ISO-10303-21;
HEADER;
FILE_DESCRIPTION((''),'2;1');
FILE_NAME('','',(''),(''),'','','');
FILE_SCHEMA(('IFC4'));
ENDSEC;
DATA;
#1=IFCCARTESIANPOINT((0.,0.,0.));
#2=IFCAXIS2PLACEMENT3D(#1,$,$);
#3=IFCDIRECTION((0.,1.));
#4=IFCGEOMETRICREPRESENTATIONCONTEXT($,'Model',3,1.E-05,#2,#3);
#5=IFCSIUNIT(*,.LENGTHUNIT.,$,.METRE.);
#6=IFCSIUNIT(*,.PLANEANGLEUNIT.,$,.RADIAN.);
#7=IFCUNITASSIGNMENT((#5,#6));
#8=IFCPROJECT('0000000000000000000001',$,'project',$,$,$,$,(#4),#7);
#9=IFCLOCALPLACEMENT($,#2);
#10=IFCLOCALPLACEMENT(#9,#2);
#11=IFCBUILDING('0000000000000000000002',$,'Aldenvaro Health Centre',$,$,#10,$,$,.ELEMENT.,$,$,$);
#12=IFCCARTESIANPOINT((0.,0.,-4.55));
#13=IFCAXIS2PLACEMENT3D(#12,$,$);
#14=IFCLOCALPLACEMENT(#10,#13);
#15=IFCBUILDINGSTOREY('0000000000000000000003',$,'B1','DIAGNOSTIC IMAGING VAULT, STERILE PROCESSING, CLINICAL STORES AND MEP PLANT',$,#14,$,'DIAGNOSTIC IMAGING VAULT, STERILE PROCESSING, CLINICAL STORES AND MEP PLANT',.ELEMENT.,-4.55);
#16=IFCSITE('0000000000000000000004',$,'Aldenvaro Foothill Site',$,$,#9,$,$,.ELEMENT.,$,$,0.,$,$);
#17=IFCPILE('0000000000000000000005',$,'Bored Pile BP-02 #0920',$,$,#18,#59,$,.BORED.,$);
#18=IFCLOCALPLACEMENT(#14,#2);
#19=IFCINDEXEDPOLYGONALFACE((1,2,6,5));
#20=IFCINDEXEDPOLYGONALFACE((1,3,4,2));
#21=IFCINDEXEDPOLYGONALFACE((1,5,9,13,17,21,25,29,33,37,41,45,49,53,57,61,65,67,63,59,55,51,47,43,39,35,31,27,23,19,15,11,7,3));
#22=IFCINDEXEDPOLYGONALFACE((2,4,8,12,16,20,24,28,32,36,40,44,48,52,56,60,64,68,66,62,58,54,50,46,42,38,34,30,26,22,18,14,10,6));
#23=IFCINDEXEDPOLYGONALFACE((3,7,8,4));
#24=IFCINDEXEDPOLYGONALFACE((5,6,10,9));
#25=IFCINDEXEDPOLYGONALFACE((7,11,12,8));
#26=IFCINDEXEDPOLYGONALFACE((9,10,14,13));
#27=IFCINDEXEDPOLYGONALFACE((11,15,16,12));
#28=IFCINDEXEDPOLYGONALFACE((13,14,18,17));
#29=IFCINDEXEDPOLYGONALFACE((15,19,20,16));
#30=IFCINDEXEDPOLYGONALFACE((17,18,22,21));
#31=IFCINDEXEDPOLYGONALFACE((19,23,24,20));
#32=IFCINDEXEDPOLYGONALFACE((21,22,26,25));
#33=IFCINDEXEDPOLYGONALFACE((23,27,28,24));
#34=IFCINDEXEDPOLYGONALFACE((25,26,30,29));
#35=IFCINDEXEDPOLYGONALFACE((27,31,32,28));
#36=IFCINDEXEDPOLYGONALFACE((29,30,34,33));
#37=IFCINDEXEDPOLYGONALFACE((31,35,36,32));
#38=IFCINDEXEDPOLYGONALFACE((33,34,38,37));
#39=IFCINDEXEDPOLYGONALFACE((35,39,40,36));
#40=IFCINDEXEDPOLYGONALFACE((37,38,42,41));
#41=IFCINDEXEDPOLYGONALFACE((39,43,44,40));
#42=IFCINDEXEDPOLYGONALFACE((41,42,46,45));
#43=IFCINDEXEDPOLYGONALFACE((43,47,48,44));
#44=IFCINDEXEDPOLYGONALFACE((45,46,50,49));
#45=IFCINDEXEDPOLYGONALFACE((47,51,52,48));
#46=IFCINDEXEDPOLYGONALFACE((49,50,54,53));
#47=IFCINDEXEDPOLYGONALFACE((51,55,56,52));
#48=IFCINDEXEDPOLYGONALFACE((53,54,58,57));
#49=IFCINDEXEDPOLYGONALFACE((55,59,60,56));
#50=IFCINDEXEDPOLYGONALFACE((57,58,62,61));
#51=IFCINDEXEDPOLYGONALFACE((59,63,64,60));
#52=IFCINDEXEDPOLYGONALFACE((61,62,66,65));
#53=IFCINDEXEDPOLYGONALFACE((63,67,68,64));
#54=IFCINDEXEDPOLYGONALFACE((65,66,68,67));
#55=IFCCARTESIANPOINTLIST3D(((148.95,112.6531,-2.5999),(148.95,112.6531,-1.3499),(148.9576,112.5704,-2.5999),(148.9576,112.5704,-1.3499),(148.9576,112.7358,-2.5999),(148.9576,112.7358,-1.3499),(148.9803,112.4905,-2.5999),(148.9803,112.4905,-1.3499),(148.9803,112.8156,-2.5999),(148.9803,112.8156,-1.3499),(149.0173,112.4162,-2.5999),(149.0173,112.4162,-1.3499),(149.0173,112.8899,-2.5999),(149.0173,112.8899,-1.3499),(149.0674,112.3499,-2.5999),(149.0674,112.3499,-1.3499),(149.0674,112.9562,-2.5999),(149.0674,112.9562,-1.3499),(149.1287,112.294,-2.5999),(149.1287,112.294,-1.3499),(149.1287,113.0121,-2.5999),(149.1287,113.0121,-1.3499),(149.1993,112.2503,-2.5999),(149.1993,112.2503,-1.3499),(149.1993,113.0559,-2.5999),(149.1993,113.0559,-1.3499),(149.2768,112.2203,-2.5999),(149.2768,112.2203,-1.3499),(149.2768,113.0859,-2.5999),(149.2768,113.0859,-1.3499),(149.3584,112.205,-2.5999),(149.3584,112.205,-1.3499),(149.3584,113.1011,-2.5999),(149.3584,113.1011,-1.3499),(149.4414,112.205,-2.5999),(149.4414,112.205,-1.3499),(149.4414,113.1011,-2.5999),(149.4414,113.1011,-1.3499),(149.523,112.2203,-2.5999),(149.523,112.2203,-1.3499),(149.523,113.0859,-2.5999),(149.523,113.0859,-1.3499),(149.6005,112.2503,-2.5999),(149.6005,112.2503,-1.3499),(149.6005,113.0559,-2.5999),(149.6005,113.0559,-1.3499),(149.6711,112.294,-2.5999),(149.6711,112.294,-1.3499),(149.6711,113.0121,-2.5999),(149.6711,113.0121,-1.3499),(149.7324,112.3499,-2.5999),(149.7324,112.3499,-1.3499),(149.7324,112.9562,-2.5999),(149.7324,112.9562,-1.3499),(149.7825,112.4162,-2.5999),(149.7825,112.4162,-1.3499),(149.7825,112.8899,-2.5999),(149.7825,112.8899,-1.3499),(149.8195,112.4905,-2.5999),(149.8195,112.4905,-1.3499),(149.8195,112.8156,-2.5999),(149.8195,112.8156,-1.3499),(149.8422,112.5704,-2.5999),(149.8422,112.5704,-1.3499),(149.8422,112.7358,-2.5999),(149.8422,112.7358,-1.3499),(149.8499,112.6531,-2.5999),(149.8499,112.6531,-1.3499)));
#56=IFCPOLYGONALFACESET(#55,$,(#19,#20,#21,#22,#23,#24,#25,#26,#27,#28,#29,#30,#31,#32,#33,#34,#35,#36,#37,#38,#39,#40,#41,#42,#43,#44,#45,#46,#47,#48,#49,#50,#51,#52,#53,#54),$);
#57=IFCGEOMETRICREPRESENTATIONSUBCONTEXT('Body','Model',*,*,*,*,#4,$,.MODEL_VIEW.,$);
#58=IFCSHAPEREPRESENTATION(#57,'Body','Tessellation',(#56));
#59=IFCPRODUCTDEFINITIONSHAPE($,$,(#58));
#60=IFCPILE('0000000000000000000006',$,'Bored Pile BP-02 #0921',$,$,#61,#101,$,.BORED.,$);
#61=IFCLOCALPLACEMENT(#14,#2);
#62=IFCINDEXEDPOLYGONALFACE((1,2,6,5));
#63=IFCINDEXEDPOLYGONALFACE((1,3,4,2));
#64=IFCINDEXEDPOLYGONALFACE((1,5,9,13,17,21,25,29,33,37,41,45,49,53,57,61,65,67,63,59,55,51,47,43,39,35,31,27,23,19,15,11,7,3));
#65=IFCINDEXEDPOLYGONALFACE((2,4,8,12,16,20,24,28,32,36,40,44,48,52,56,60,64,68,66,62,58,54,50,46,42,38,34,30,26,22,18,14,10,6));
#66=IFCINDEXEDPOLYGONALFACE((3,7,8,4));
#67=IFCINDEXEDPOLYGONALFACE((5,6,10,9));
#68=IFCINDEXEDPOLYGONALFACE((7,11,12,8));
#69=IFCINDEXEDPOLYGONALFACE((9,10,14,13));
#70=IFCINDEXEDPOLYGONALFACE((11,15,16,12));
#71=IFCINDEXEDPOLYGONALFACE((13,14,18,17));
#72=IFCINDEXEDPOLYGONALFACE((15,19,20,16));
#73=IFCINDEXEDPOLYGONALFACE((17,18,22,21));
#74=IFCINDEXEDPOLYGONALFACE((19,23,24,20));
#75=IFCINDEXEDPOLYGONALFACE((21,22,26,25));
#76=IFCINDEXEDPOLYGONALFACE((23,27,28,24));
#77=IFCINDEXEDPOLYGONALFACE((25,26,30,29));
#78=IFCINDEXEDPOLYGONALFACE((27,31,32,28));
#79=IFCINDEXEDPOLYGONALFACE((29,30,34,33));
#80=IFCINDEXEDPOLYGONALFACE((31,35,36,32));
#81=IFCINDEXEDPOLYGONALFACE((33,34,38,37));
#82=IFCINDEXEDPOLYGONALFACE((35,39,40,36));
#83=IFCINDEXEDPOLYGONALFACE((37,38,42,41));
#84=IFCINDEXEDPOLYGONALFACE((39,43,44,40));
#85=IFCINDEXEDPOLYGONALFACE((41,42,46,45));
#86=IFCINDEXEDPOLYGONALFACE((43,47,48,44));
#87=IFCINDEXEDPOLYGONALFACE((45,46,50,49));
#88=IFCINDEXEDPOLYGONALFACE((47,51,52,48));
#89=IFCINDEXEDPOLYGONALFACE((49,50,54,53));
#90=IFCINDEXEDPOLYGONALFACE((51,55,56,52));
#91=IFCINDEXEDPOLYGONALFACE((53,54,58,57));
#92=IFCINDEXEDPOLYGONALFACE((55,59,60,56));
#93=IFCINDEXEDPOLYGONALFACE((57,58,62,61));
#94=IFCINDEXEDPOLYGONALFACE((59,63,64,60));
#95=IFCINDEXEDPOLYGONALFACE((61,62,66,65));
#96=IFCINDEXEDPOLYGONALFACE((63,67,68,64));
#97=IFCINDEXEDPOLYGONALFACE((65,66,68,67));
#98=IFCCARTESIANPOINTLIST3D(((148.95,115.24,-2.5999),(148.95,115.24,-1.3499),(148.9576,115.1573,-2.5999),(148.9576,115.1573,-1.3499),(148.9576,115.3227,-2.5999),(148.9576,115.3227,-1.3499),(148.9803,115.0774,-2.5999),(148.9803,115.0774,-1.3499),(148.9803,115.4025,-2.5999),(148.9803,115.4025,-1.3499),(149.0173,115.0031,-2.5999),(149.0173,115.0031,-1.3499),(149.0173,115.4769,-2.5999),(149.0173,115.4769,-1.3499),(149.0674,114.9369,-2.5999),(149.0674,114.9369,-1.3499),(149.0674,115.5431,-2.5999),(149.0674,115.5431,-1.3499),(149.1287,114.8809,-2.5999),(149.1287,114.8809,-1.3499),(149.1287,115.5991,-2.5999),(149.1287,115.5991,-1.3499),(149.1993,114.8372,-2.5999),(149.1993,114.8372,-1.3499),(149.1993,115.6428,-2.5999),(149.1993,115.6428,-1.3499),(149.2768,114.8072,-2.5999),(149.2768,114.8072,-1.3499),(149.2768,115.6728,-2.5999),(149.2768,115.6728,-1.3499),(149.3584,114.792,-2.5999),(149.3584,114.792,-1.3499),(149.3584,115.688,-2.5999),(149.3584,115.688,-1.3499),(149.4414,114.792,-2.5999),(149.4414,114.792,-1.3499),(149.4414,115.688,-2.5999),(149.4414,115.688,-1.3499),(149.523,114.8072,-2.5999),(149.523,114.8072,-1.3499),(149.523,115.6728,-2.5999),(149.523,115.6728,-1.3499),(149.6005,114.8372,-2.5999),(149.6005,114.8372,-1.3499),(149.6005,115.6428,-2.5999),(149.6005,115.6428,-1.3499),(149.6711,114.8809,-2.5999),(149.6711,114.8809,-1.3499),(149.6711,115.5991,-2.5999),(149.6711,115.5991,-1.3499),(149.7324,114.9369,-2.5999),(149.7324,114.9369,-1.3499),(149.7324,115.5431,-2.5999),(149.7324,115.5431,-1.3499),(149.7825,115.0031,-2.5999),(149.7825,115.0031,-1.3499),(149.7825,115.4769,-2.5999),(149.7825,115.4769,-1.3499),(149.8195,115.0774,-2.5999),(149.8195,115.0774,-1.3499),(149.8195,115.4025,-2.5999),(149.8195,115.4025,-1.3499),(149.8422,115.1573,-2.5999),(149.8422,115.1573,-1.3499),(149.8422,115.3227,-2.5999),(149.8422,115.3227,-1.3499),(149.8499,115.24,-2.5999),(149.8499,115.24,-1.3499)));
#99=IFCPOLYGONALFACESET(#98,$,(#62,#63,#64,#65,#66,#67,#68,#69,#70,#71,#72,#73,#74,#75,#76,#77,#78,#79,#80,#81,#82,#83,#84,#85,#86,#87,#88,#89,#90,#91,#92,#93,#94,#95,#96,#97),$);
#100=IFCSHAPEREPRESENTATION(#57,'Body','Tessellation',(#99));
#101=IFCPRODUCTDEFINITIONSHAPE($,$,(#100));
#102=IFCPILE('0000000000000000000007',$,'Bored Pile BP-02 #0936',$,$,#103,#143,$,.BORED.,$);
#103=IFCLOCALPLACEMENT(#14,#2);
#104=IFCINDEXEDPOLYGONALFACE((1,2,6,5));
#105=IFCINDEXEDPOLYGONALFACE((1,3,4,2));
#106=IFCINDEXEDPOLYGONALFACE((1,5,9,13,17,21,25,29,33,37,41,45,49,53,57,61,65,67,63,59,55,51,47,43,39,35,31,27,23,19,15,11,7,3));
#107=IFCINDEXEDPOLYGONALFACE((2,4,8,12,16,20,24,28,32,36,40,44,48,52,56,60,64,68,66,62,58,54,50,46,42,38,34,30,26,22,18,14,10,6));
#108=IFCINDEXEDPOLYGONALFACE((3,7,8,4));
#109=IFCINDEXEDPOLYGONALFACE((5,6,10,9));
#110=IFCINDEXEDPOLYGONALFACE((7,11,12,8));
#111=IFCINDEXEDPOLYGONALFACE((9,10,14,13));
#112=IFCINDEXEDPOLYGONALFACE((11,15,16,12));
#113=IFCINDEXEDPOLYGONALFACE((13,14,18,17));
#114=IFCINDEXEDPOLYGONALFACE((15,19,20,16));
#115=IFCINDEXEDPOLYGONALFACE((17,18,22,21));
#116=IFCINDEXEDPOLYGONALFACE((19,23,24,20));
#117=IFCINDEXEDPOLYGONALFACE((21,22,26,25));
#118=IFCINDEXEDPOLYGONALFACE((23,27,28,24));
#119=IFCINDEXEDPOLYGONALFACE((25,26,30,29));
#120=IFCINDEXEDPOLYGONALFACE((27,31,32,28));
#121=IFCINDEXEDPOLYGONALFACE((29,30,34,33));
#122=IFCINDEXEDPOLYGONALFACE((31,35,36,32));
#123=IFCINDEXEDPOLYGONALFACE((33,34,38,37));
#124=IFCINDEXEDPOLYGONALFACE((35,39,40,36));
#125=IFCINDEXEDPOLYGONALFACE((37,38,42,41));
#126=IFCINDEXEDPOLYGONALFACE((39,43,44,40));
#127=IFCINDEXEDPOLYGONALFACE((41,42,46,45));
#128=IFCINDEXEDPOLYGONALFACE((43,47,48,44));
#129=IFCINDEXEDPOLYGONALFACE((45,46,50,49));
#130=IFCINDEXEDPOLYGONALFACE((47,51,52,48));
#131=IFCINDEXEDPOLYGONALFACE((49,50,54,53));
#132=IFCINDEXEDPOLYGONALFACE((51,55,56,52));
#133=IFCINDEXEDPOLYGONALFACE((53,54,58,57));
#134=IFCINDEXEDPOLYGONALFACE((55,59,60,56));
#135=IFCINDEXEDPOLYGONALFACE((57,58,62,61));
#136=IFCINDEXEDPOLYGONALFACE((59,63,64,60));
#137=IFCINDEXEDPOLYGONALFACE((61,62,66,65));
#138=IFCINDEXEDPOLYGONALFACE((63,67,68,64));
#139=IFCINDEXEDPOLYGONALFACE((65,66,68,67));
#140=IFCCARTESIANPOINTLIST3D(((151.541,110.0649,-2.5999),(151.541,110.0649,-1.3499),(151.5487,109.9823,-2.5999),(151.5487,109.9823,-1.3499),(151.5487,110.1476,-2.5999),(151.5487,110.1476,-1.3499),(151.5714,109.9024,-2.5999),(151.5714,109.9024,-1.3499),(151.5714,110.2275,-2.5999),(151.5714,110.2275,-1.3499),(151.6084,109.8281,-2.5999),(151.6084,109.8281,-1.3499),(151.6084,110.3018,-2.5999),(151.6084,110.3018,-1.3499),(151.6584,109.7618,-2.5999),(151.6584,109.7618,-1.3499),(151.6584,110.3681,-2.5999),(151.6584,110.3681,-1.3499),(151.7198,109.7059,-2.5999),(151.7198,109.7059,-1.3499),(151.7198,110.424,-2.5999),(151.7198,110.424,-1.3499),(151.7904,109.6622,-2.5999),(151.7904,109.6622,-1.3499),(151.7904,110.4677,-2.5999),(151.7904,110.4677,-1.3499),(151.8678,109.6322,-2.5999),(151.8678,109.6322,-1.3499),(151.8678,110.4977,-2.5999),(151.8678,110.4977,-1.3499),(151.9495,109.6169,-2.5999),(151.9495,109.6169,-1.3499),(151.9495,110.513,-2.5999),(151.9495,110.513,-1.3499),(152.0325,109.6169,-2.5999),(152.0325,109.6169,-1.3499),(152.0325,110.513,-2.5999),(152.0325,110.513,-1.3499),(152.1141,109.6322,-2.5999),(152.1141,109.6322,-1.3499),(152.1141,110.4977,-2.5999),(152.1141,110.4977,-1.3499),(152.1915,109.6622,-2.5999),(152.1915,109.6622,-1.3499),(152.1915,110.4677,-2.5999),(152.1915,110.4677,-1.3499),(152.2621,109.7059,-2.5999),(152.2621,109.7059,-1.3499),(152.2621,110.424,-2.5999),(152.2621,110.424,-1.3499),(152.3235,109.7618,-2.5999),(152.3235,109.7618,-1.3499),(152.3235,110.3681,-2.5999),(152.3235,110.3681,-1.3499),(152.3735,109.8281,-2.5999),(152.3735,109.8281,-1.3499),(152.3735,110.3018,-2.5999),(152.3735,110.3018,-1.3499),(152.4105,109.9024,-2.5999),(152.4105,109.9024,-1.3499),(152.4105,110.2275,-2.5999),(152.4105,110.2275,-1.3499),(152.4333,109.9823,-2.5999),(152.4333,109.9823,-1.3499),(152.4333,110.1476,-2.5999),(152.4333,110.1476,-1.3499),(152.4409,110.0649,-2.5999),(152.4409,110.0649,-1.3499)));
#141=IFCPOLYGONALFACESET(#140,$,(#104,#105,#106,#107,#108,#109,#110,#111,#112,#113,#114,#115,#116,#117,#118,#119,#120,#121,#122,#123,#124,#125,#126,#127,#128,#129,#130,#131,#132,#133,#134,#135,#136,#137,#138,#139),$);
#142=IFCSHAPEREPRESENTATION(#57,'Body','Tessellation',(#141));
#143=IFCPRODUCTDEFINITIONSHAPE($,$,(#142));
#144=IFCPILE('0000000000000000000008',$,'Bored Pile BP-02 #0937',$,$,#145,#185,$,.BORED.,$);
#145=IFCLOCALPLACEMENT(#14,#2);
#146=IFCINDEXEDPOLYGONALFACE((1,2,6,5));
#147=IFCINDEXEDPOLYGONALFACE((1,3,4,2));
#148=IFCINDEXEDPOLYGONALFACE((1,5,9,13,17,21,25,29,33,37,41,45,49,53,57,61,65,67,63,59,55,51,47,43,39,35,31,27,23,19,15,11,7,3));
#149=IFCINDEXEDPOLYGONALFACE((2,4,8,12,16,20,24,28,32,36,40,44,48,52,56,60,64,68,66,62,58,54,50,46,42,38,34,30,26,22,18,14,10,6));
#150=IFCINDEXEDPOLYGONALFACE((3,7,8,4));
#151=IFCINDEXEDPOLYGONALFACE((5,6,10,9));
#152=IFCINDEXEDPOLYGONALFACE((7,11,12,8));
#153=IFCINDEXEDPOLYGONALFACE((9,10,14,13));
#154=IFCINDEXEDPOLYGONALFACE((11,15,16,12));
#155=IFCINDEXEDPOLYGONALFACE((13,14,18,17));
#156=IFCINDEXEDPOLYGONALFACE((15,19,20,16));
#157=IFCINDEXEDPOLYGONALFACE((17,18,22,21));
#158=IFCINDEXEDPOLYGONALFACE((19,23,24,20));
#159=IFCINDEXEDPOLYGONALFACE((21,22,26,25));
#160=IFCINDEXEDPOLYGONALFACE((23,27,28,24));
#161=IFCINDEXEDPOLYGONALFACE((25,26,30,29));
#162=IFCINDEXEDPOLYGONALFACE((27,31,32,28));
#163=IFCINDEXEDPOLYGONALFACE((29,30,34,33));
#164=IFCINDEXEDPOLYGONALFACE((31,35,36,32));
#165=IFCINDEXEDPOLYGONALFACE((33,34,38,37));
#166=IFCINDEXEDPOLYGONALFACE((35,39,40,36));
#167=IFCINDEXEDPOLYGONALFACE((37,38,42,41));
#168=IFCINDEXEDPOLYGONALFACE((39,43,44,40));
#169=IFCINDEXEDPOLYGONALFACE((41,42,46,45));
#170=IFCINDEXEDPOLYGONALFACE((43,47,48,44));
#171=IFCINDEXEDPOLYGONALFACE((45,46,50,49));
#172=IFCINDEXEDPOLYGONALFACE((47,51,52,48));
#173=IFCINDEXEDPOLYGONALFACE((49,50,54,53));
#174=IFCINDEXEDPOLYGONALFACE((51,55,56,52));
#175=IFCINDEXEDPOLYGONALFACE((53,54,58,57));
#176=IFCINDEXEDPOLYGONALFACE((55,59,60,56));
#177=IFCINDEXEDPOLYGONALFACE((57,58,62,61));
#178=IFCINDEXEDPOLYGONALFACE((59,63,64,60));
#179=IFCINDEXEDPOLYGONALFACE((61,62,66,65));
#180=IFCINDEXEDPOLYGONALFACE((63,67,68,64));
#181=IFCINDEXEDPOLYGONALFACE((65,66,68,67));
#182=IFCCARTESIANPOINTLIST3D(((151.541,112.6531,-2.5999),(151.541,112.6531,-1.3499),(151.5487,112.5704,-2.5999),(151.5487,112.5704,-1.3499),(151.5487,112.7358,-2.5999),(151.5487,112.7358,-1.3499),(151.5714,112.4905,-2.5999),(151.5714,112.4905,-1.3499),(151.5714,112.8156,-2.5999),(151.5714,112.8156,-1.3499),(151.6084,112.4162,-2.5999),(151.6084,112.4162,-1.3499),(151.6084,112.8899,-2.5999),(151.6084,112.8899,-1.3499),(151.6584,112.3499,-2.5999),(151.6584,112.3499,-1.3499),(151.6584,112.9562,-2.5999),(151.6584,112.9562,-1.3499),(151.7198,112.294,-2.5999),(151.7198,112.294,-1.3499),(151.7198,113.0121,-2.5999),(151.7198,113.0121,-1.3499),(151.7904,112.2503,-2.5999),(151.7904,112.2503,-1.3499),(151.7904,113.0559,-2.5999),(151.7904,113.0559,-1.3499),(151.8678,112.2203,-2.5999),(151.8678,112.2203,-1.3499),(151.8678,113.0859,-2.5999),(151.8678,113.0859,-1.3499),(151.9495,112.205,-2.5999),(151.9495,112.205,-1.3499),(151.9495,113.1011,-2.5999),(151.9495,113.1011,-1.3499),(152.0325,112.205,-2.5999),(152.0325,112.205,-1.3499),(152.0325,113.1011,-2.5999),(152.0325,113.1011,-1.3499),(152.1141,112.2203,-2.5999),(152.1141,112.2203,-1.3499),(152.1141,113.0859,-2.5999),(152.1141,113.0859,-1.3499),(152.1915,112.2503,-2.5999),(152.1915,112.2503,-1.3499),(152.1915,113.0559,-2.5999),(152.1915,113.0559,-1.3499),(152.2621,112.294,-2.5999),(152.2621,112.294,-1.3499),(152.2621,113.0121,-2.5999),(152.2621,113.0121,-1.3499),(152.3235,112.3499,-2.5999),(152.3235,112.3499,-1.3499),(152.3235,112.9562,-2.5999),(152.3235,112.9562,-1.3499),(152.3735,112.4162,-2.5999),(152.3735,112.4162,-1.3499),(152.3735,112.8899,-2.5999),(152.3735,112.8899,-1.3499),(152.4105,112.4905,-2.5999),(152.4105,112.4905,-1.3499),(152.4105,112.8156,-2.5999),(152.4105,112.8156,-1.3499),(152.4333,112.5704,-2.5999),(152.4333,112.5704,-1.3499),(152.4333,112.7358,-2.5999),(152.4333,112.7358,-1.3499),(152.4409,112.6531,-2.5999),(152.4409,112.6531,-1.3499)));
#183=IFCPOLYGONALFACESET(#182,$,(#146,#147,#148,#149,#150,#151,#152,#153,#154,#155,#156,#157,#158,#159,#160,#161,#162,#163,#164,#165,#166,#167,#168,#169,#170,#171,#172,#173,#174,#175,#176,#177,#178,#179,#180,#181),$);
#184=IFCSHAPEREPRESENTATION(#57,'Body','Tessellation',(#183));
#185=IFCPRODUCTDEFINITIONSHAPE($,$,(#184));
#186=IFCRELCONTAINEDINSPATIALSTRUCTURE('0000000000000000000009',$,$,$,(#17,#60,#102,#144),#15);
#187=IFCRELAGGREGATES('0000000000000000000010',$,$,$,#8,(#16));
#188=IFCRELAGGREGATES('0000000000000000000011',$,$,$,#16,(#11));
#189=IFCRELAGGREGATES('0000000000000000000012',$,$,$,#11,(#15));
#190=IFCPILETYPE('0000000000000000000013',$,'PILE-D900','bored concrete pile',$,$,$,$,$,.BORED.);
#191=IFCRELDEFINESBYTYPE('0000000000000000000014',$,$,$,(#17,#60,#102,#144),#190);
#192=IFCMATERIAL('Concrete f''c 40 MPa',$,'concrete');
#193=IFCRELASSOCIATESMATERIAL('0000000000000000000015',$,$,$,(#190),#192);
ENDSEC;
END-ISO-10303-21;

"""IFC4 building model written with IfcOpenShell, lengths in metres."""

from ifc_helpers import new_model, si_unit, direction, frame, origin, origin_2d, place, context, subcontext, project, spatial, circle, extrude, material, material_profile, profile_set, type_object, element, save


model = new_model("IFC4")

# Units and contexts
model_context = context("Model", 3, precision=1e-05, world=origin(), true_north=direction((0.0, 1.0)))
body_context = subcontext(model_context, "Body", "Model", "MODEL_VIEW")
ifc_project = project(units=[si_unit("LENGTHUNIT", "METRE"), si_unit("PLANEANGLEUNIT", "RADIAN")], contexts=[model_context])

# Site, building, storey
site_placement = place(None, origin())
site = spatial("IfcSite", under=ifc_project, at=site_placement, Name="Aldenvaro Foothill Site", CompositionType="ELEMENT", RefElevation=0.0)
building_placement = place(site_placement, origin())
building = spatial("IfcBuilding", under=site, at=building_placement, Name="Aldenvaro Health Centre", CompositionType="ELEMENT")
storey_placement = place(building_placement, frame((0.0, 0.0, -4.55)))
storey = spatial("IfcBuildingStorey", under=building, at=storey_placement, Name="B1", Description="DIAGNOSTIC IMAGING VAULT, STERILE PROCESSING, CLINICAL STORES AND MEP PLANT", LongName="DIAGNOSTIC IMAGING VAULT, STERILE PROCESSING, CLINICAL STORES AND MEP PLANT", CompositionType="ELEMENT", Elevation=-4.55)

# Piles
ifc_material_1 = material(Name="Concrete f'c 40 MPa", Category="concrete")
ifc_material_profile_1 = material_profile(ifc_material_1, circle(Radius=0.45, at=origin_2d()), Name="PILE D900", Category="concrete")
ifc_profile_set_1 = profile_set([ifc_material_profile_1], Name="Concrete f'c 40 MPa")
pile_type = type_object("IfcPileType", Name="PILE-D900", Description="bored concrete pile", PredefinedType="BORED", material=ifc_profile_set_1)
for number, where, z_axis, x_axis, name in (
    (1, (149.3999, 112.6531, -1.3499), (0.0, 0.0, -1.0), (1.0, 0.0, 0.0), "Bored Pile BP-02 #0920"),
    (2, (149.3999, 115.24, -1.3499), (0.0, 0.0, -1.0), (1.0, 0.0, 0.0), "Bored Pile BP-02 #0921"),
    (3, (151.991, 110.0649, -1.3499), (0.0, 0.0, -1.0), (1.0, 0.0, 0.0), "Bored Pile BP-02 #0936"),
    (4, (151.991, 112.6531, -1.3499), (0.0, 0.0, -1.0), (1.0, 0.0, 0.0), "Bored Pile BP-02 #0937"),
):
    element("IfcPile", number, at=place(storey_placement, frame(where, z_axis=z_axis, x_axis=x_axis)), inside=storey, type_object=pile_type, Name=name, PredefinedType="BORED", context=body_context, shape_type="SweptSolid", body=[
        extrude(circle(Radius=0.45, at=origin_2d()), origin(), (0.0, 0.0, 1.0), 1.25),
    ])

save(model, "model.ifc")
